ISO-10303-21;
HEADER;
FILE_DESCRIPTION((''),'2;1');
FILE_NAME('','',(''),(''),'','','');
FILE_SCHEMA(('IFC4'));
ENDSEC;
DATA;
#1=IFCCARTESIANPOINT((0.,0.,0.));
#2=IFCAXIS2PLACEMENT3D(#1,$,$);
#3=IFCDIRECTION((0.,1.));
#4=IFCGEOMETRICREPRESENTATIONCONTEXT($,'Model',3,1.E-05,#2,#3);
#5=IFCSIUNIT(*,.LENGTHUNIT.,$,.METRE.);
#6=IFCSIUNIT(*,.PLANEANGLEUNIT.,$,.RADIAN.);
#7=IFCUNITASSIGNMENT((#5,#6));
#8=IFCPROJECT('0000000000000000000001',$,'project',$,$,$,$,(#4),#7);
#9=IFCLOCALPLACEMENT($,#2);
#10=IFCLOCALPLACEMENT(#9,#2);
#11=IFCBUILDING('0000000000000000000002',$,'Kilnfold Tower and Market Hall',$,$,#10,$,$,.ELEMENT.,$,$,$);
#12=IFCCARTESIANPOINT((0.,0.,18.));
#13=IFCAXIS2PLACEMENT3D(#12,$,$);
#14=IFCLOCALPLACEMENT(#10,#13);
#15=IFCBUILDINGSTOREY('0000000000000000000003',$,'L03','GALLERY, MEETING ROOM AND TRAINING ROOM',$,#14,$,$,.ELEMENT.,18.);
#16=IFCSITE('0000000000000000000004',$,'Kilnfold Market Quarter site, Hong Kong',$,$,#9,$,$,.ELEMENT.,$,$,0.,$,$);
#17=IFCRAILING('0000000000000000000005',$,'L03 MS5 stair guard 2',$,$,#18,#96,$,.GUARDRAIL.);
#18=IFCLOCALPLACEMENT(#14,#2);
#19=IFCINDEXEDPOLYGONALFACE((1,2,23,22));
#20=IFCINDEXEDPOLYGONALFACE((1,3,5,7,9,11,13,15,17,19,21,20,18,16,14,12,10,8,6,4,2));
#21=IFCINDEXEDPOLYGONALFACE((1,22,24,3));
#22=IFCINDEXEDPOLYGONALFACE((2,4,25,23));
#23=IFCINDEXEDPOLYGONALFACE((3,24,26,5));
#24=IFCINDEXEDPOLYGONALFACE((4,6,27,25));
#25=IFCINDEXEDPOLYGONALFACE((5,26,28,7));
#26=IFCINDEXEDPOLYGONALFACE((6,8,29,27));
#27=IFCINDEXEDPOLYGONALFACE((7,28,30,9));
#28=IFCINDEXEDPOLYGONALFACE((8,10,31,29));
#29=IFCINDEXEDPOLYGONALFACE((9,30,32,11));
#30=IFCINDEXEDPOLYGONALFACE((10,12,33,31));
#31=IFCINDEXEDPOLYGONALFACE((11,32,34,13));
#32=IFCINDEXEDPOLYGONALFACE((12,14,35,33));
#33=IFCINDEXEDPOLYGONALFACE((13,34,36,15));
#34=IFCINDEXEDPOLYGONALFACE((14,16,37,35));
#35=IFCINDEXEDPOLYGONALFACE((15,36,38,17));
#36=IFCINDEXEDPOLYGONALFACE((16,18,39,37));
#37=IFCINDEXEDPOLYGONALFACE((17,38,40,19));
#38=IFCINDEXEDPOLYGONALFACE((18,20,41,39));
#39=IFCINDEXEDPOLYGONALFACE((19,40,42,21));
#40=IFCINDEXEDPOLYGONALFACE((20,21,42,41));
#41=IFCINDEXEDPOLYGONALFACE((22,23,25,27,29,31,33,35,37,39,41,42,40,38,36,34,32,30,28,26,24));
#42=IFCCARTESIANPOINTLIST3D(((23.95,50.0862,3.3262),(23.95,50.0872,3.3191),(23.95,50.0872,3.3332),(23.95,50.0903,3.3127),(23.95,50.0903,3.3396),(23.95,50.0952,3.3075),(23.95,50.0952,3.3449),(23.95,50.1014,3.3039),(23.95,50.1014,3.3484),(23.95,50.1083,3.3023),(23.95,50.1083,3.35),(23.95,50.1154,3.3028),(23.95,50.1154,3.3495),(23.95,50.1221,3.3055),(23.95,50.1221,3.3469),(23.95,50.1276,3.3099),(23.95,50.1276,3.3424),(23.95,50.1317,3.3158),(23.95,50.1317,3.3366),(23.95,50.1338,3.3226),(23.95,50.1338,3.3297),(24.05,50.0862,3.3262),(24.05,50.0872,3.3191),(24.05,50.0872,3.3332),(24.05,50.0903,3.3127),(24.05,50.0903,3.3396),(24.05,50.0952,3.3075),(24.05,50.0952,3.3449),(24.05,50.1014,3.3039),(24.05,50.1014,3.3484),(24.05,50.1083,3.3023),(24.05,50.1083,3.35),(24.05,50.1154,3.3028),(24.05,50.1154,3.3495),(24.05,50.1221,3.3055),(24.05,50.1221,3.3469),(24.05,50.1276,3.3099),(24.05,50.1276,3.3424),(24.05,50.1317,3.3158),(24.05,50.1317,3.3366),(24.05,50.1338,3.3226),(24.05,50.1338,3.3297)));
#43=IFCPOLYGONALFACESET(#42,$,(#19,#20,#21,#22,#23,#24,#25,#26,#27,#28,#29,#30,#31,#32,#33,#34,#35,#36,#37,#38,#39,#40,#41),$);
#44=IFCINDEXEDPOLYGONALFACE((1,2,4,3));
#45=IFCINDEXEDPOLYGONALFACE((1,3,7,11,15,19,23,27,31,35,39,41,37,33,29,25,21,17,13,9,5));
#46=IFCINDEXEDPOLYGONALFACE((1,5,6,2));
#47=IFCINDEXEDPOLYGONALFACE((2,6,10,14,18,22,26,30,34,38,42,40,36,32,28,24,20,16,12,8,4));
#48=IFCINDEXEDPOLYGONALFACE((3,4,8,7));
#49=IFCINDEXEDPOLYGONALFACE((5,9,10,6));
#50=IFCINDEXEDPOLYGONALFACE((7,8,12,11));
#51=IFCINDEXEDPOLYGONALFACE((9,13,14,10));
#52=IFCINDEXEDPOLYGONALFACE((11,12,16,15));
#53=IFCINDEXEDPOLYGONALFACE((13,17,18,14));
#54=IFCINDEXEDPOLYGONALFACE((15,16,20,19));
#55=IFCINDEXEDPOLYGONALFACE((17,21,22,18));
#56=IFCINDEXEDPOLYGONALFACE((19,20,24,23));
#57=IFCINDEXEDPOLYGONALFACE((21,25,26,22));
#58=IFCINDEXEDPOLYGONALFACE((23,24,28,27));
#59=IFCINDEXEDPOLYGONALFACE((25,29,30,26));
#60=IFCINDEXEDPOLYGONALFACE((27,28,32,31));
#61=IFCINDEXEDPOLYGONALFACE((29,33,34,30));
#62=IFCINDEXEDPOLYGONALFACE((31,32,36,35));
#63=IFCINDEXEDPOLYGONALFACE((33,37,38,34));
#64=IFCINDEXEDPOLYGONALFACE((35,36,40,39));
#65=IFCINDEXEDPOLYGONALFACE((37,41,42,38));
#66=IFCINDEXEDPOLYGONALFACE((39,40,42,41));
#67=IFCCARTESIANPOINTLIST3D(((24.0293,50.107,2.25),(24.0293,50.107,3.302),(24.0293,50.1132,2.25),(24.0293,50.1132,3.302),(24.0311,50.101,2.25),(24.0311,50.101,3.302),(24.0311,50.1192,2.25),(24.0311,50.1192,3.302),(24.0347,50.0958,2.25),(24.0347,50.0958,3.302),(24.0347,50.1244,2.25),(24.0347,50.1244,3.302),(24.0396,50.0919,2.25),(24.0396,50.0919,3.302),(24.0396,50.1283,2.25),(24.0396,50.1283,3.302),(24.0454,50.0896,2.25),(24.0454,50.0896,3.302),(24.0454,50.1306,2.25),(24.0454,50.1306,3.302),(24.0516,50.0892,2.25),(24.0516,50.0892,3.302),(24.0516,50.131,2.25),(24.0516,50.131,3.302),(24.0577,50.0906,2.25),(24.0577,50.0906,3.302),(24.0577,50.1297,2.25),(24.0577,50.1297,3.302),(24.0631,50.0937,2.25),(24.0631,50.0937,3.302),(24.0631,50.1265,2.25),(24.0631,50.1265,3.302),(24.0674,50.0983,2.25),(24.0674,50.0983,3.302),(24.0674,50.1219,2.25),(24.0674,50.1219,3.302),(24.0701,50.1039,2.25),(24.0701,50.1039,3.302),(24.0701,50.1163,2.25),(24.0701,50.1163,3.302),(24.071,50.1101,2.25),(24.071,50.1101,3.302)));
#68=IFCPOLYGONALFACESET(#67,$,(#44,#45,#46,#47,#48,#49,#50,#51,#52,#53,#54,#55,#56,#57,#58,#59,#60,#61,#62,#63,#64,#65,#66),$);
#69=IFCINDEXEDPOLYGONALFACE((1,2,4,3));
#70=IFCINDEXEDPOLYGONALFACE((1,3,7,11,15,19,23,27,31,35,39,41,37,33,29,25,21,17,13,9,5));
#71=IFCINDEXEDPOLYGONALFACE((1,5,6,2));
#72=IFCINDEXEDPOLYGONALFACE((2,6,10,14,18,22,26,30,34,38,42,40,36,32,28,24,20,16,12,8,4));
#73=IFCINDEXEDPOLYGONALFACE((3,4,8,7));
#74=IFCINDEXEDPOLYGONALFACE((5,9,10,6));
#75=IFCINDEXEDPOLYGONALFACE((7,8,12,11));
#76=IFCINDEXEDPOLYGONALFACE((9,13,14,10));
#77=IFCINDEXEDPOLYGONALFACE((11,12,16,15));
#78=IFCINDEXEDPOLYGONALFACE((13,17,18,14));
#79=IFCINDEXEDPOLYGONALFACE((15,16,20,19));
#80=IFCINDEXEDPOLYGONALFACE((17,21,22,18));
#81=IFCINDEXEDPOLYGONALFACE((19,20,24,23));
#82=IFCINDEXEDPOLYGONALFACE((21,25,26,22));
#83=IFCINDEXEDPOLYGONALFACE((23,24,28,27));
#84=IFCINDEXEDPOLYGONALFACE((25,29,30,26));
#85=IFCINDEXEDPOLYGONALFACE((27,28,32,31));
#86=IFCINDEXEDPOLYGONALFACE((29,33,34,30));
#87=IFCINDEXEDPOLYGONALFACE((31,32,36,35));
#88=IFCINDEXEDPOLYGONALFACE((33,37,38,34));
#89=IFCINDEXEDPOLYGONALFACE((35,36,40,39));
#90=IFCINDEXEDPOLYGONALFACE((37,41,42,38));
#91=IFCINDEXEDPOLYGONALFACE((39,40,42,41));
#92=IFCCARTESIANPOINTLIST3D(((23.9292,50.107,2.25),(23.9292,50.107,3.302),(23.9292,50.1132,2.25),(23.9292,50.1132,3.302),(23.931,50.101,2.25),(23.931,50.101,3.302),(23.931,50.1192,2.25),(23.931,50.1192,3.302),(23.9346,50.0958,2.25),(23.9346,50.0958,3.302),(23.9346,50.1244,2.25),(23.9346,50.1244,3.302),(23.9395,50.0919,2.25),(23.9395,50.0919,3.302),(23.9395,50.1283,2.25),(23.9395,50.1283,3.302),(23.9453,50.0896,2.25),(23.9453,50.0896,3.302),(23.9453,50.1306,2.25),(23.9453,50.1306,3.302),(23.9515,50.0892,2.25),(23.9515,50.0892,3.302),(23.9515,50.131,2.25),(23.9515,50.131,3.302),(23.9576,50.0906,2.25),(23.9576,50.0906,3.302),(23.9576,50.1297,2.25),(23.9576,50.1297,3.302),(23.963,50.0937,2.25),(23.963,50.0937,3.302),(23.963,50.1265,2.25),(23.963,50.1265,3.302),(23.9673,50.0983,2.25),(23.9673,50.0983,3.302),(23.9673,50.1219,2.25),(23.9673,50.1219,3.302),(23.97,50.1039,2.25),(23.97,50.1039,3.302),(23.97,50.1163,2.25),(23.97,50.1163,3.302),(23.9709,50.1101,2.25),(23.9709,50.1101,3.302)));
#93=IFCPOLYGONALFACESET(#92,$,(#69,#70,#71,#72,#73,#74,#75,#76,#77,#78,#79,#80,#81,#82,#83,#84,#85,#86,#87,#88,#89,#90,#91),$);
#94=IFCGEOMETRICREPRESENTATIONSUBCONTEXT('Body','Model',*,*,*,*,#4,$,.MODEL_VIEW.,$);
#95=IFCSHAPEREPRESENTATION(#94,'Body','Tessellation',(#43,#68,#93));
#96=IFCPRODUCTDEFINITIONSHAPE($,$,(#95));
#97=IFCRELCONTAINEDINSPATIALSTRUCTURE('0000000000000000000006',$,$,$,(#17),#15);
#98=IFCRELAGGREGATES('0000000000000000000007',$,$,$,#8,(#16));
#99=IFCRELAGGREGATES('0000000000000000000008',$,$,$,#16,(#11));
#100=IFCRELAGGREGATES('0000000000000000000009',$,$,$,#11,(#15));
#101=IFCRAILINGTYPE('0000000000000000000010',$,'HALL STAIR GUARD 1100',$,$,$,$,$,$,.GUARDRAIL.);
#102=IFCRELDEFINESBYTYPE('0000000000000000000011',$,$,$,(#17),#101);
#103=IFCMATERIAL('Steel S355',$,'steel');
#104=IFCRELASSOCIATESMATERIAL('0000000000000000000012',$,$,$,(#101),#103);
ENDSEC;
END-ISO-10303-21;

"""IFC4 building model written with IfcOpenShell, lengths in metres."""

from ifc_helpers import new_model, si_unit, direction, frame, origin, origin_2d, place, context, subcontext, project, spatial, circle, extrude, material, type_object, element, save


model = new_model("IFC4")

# Units and contexts
model_context = context("Model", 3, precision=1e-05, world=origin(), true_north=direction((0.0, 1.0)))
body_context = subcontext(model_context, "Body", "Model", "MODEL_VIEW")
ifc_project = project(units=[si_unit("LENGTHUNIT", "METRE"), si_unit("PLANEANGLEUNIT", "RADIAN")], contexts=[model_context])

# Site, building, storey
site_placement = place(None, origin())
site = spatial("IfcSite", under=ifc_project, at=site_placement, Name="Kilnfold Market Quarter site, Hong Kong", CompositionType="ELEMENT", RefElevation=0.0)
building_placement = place(site_placement, origin())
building = spatial("IfcBuilding", under=site, at=building_placement, Name="Kilnfold Tower and Market Hall", CompositionType="ELEMENT")
storey_placement = place(building_placement, frame((0.0, 0.0, 18.0)))
storey = spatial("IfcBuildingStorey", under=building, at=storey_placement, Name="L03", Description="GALLERY, MEETING ROOM AND TRAINING ROOM", CompositionType="ELEMENT", Elevation=18.0)

# Railing
ifc_material_1 = material(Name="Steel S355", Category="steel")
railing_type_1 = type_object("IfcRailingType", Name="HALL STAIR GUARD 1100", PredefinedType="GUARDRAIL", material=ifc_material_1)
railing_1_placement = place(storey_placement, frame((24.05, 50.1101, 2.25)))
element("IfcRailing", 1, at=railing_1_placement, inside=storey, type_object=railing_type_1, Name="L03 MS5 stair guard 2", PredefinedType="GUARDRAIL", context=body_context, shape_type="SweptSolid", body=[
    extrude(circle(Radius=0.0239, at=origin_2d()), frame((0.0, 0.0, 1.0762), z_axis=(-1.0, 0.0, 0.0), x_axis=(0.0, -1.0, 0.0)), (0.0, 0.0, 1.0), 0.1001),
    extrude(circle(Radius=0.021, at=origin_2d()), origin(), (0.0, 0.0, 1.0), 1.052),
    extrude(circle(Radius=0.021, at=origin_2d()), frame((-0.1001, 0.0, 0.0)), (0.0, 0.0, 1.0), 1.052),
])

save(model, "model.ifc")
